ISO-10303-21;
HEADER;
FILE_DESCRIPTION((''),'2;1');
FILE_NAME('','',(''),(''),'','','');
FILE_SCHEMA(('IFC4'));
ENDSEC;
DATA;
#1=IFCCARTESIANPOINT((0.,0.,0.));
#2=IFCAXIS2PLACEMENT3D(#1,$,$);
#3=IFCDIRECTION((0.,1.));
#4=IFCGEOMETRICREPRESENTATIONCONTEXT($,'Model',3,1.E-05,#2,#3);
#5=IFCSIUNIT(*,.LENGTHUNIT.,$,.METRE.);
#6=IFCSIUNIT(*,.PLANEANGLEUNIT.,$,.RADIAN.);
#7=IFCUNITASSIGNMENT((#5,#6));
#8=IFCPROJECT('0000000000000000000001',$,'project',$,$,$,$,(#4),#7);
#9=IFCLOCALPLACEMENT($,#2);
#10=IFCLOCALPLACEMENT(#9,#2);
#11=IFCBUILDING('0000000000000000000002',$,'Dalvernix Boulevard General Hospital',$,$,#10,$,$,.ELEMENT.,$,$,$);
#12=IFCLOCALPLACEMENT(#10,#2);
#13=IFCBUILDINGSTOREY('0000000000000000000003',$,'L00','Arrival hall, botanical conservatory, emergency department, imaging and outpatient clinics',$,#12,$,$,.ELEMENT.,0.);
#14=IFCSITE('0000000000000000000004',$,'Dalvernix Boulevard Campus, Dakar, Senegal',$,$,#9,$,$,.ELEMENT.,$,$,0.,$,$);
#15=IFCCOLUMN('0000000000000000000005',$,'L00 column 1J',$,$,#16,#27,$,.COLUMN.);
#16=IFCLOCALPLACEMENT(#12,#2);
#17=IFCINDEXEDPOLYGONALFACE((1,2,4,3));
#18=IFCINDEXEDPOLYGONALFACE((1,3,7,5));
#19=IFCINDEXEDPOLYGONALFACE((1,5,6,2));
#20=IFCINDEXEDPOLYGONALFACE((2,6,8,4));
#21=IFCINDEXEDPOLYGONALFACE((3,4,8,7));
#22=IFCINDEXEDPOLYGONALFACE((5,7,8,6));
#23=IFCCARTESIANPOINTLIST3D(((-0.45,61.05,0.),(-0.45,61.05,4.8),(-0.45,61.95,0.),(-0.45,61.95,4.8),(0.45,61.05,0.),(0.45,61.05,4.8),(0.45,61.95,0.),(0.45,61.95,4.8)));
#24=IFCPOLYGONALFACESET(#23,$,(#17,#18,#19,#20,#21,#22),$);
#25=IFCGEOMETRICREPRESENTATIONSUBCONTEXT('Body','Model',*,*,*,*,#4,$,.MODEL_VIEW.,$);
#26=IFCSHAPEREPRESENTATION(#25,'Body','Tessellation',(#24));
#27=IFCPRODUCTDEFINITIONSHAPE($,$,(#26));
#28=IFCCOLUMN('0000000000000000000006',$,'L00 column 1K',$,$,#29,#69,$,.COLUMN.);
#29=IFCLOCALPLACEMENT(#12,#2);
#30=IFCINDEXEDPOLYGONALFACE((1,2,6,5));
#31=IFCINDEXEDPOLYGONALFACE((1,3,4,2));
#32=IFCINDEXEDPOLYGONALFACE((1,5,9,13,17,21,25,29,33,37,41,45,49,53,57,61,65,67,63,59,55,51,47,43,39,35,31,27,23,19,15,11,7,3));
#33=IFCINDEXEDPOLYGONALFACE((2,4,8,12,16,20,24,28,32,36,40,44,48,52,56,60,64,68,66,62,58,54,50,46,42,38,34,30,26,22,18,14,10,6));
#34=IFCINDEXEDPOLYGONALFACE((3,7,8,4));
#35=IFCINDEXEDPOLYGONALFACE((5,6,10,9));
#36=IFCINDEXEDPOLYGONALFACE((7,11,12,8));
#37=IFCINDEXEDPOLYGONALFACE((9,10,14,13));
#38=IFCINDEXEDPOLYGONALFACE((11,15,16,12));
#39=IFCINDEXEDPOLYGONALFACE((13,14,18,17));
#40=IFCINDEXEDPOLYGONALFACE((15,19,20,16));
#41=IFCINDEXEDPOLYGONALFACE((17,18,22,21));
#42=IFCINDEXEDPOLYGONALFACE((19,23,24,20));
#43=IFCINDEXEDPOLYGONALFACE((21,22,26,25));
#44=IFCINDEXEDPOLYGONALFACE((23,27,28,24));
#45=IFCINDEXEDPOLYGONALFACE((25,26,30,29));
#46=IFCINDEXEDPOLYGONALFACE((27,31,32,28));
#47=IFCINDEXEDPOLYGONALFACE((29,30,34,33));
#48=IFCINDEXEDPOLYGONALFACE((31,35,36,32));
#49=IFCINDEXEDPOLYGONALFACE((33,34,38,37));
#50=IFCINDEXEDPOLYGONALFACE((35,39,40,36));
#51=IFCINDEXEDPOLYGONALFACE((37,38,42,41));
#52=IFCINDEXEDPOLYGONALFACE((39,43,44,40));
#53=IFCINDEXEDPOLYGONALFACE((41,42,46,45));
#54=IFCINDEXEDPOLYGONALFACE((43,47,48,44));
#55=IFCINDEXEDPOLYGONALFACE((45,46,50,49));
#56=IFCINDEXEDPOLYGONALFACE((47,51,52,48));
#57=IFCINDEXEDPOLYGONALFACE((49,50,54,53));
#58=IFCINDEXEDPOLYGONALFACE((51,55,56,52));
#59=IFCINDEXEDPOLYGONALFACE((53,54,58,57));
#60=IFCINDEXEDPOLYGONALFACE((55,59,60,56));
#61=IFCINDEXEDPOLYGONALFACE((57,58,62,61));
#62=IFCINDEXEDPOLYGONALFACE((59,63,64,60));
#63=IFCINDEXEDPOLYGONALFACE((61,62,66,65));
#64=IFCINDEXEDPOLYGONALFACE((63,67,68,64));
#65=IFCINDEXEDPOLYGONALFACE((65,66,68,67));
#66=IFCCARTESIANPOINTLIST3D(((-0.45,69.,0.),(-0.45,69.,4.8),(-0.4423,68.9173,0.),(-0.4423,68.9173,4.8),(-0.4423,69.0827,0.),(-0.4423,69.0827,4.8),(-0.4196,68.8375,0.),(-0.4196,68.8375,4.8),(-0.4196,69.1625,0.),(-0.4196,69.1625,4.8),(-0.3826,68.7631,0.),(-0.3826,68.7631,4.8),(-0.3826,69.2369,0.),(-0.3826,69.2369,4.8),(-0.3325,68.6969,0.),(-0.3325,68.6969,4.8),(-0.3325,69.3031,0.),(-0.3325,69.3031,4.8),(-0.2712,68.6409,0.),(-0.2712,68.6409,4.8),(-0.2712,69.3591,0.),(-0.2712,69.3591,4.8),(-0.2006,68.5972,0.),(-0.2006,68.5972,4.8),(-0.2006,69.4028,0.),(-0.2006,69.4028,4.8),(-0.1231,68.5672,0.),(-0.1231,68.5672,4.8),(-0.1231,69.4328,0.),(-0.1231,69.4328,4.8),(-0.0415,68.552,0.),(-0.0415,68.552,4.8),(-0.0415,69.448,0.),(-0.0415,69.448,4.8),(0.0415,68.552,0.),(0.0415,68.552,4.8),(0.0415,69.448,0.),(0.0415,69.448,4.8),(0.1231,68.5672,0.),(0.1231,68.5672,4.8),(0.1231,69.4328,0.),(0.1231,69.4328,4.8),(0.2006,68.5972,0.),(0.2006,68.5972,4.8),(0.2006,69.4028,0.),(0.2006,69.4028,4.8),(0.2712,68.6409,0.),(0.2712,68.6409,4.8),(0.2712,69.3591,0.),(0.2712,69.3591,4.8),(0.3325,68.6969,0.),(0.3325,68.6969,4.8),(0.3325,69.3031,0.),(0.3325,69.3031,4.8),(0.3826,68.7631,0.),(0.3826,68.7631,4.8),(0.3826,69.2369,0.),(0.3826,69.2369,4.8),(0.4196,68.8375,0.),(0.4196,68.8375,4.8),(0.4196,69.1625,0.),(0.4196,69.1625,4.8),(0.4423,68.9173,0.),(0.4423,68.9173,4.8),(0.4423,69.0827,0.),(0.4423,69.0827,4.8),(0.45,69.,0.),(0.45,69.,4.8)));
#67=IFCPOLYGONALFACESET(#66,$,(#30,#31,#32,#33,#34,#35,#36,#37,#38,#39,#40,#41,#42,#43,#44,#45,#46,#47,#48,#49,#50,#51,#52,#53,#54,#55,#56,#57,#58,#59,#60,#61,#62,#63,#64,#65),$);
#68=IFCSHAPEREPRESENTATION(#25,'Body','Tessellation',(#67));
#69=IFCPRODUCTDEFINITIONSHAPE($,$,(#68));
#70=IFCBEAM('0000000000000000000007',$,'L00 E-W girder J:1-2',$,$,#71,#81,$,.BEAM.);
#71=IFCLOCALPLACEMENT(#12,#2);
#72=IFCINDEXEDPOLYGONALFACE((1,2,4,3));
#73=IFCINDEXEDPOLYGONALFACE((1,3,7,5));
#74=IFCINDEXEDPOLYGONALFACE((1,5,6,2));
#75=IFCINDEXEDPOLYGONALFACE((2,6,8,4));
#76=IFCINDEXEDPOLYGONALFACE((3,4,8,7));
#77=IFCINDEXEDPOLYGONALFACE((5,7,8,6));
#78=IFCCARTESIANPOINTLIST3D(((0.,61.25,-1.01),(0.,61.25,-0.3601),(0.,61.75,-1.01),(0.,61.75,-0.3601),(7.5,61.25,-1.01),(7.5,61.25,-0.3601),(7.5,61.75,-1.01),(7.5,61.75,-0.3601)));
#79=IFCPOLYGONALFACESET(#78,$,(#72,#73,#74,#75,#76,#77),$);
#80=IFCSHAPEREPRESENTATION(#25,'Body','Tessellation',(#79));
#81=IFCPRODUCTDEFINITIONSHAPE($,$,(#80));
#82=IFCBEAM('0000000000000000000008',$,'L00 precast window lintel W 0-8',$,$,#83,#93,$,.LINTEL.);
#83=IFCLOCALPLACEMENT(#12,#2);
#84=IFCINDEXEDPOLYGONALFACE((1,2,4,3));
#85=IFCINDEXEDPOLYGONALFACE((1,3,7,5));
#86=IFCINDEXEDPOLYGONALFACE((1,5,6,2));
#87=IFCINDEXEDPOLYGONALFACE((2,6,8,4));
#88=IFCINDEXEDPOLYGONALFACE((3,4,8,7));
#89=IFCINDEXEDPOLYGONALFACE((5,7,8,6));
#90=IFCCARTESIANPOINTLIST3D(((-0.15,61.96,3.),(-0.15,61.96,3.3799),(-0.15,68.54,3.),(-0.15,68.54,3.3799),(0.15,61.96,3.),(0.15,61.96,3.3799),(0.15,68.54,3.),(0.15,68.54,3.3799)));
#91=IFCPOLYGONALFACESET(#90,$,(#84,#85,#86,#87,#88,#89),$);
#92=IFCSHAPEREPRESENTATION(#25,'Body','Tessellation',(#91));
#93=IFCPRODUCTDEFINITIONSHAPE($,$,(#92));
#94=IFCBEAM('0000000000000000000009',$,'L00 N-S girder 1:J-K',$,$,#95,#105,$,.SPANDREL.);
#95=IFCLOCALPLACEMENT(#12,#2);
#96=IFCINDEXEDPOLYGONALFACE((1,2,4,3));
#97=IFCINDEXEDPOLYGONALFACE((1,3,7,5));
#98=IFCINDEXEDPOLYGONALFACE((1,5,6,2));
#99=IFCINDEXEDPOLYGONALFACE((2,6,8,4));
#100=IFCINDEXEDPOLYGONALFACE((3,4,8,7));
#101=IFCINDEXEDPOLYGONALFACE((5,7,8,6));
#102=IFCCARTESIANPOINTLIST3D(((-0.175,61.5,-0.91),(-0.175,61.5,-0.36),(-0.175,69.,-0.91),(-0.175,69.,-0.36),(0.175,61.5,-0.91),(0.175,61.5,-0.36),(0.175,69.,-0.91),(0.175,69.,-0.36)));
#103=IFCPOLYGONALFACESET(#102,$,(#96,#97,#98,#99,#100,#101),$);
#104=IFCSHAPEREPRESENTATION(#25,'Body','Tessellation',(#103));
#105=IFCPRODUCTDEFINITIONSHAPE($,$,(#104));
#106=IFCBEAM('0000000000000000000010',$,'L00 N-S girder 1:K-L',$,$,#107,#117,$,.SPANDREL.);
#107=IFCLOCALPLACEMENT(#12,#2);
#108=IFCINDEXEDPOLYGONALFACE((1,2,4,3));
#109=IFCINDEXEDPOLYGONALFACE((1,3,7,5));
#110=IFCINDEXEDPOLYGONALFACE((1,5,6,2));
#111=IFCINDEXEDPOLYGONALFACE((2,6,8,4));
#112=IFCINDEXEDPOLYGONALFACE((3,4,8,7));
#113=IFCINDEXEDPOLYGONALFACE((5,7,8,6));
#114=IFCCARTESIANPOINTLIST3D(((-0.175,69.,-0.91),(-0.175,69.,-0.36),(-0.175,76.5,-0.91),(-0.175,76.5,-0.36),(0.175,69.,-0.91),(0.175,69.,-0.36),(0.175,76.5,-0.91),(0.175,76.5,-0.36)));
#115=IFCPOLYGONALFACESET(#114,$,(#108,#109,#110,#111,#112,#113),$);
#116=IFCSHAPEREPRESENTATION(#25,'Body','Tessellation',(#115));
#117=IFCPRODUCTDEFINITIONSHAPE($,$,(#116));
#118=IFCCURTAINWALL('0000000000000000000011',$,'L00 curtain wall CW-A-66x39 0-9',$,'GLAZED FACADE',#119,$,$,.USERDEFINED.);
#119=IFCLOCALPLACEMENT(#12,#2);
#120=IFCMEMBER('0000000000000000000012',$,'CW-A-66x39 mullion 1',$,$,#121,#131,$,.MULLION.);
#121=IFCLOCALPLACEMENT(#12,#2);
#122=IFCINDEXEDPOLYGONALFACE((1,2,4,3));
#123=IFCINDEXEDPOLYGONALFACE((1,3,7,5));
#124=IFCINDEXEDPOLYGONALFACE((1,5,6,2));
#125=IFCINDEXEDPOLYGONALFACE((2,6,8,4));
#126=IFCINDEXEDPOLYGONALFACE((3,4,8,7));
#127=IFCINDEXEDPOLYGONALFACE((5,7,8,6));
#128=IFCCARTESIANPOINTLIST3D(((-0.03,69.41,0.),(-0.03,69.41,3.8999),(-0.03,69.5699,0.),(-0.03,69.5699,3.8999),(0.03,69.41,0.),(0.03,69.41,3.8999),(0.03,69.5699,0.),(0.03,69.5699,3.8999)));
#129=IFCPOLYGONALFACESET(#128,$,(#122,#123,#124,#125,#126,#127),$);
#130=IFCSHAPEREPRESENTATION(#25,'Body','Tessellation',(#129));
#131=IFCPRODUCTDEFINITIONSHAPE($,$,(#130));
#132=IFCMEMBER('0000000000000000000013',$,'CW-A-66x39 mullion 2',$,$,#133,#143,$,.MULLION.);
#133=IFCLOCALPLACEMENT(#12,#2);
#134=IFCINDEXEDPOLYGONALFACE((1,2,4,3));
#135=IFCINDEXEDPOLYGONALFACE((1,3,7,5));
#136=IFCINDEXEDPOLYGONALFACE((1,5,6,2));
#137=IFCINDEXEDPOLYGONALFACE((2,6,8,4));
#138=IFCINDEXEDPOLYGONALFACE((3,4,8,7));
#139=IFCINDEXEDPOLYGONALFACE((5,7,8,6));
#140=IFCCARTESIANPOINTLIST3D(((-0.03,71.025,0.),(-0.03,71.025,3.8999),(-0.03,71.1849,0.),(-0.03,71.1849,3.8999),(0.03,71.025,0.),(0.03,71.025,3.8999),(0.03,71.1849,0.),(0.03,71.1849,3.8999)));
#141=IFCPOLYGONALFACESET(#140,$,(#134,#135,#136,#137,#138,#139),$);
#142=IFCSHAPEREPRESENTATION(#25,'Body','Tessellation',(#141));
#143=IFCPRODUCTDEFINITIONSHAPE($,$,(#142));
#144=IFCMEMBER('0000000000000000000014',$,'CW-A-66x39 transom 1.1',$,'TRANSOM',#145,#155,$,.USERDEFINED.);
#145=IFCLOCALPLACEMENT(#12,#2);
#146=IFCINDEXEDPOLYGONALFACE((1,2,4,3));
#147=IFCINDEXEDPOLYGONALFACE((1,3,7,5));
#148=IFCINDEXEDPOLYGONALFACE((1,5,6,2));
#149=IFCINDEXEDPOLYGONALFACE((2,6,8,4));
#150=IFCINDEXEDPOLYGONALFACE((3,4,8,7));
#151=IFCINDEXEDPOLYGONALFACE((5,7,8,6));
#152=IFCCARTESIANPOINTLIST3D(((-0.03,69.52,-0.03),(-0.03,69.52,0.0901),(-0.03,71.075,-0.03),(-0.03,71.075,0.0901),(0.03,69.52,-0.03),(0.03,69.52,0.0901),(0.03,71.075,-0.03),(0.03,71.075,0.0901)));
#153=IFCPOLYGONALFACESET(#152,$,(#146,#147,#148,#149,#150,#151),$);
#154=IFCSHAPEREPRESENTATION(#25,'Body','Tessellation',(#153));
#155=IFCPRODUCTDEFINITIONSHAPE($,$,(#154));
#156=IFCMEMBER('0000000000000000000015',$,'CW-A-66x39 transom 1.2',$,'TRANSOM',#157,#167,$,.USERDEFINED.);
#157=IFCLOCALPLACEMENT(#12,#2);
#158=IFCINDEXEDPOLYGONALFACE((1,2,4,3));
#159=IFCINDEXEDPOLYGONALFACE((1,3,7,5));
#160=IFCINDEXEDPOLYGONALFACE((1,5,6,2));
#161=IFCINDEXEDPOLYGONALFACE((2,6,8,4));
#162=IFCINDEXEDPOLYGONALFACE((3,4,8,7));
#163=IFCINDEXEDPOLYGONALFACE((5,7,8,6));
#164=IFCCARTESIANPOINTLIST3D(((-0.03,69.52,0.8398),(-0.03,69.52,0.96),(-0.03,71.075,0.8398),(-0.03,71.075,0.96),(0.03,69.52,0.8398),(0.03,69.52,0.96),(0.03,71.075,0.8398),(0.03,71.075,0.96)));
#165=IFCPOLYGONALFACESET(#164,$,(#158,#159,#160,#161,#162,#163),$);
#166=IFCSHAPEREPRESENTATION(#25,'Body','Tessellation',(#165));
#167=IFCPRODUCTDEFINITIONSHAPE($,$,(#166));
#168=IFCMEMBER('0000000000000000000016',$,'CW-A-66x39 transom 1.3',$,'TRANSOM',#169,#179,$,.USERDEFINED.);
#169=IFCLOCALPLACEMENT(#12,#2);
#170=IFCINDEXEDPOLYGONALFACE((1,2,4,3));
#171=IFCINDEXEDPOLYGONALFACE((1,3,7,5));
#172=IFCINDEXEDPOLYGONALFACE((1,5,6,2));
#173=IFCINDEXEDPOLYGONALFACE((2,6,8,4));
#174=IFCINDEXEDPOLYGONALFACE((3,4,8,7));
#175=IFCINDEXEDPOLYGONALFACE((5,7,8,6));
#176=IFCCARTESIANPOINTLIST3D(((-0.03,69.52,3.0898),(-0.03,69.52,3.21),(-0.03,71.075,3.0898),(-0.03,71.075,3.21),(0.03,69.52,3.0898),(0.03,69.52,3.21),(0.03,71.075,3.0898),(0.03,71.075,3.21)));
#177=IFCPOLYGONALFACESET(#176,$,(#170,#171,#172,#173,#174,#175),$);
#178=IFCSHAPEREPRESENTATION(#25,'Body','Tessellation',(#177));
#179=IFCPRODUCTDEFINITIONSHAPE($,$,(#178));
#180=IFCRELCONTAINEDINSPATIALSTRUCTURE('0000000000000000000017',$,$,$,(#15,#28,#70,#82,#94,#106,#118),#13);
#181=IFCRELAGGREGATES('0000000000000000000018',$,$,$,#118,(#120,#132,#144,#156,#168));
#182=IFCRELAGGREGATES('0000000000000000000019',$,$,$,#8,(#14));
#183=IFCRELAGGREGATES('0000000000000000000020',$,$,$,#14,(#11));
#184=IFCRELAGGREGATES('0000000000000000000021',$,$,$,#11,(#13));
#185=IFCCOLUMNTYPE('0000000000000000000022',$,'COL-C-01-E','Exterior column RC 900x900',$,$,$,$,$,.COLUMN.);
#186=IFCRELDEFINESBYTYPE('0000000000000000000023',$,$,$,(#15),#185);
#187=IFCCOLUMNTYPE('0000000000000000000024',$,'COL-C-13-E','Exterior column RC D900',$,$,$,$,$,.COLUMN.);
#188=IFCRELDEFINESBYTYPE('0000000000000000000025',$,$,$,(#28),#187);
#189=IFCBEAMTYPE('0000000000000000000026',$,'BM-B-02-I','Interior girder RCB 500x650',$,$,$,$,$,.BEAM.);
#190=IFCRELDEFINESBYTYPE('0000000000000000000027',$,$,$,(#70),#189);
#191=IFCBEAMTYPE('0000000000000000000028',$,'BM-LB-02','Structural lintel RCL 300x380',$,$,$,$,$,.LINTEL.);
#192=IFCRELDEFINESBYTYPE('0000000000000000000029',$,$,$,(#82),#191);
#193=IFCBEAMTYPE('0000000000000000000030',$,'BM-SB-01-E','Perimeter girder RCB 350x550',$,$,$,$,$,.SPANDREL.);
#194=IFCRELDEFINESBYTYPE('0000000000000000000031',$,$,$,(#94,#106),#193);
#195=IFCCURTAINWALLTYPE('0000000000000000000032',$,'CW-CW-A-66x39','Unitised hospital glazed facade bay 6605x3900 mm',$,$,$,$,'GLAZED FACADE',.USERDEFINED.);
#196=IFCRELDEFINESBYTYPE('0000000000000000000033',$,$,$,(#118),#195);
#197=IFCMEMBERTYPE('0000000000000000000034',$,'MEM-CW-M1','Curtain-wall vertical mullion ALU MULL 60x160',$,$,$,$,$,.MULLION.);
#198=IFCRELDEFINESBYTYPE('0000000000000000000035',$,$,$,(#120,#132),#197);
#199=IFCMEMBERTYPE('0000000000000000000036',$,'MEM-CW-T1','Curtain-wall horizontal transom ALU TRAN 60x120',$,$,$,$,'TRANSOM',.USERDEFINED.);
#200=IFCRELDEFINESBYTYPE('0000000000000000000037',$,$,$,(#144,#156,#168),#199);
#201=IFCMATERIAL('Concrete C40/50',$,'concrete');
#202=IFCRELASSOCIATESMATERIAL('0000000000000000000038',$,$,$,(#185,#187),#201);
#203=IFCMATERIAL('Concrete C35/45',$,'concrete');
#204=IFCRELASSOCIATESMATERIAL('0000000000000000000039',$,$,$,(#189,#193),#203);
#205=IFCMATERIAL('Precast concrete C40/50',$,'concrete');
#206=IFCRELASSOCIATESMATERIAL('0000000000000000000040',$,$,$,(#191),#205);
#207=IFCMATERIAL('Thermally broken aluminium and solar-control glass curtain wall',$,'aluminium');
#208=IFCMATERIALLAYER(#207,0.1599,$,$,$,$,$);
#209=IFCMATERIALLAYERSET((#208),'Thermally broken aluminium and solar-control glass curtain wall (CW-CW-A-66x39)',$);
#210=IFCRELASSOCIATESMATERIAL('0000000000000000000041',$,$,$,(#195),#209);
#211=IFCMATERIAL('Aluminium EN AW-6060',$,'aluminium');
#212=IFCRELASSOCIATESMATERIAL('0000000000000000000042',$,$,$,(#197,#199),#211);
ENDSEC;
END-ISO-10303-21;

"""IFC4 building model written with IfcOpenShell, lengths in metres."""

from ifc_helpers import new_model, si_unit, direction, frame, origin, origin_2d, place, context, subcontext, project, spatial, rectangle, circle, extrude, material, layer, layer_set, material_profile, profile_set, type_object, element, aggregate, save


model = new_model("IFC4")

# Units and contexts
model_context = context("Model", 3, precision=1e-05, world=origin(), true_north=direction((0.0, 1.0)))
body_context = subcontext(model_context, "Body", "Model", "MODEL_VIEW")
ifc_project = project(units=[si_unit("LENGTHUNIT", "METRE"), si_unit("PLANEANGLEUNIT", "RADIAN")], contexts=[model_context])

# Site, building, storey
site_placement = place(None, origin())
site = spatial("IfcSite", under=ifc_project, at=site_placement, Name="Dalvernix Boulevard Campus, Dakar, Senegal", CompositionType="ELEMENT", RefElevation=0.0)
building_placement = place(site_placement, origin())
building = spatial("IfcBuilding", under=site, at=building_placement, Name="Dalvernix Boulevard General Hospital", CompositionType="ELEMENT")
storey_placement = place(building_placement, origin())
storey = spatial("IfcBuildingStorey", under=building, at=storey_placement, Name="L00", Description="Arrival hall, botanical conservatory, emergency department, imaging and outpatient clinics", CompositionType="ELEMENT", Elevation=0.0)

# Columns
ifc_material_1 = material(Name="Concrete C40/50", Category="concrete")
ifc_material_profile_1 = material_profile(ifc_material_1, rectangle(XDim=0.8999, YDim=0.8999, at=origin_2d()), Name="RC 900x900")
ifc_profile_set_1 = profile_set([ifc_material_profile_1], Name="Concrete C40/50")
column_type_1 = type_object("IfcColumnType", Name="COL-C-01-E", Description="Exterior column RC 900x900", PredefinedType="COLUMN", material=ifc_profile_set_1)
column_1_placement = place(storey_placement, frame((0.0, 61.5, 0.0), z_axis=(0.0, 0.0, 1.0), x_axis=(1.0, 0.0, 0.0)))
element("IfcColumn", 1, at=column_1_placement, inside=storey, type_object=column_type_1, Name="L00 column 1J", PredefinedType="COLUMN", context=body_context, shape_type="SweptSolid", body=[
    extrude(rectangle(XDim=0.8999, YDim=0.8999, at=origin_2d()), origin(), (0.0, 0.0, 1.0), 4.8),
])
ifc_material_profile_2 = material_profile(ifc_material_1, circle(Radius=0.45, at=origin_2d()), Name="RC D900")
ifc_profile_set_2 = profile_set([ifc_material_profile_2], Name="Concrete C40/50")
column_type_2 = type_object("IfcColumnType", Name="COL-C-13-E", Description="Exterior column RC D900", PredefinedType="COLUMN", material=ifc_profile_set_2)
column_2_placement = place(storey_placement, frame((0.0, 69.0, 0.0), z_axis=(0.0, 0.0, 1.0), x_axis=(1.0, 0.0, 0.0)))
element("IfcColumn", 2, at=column_2_placement, inside=storey, type_object=column_type_2, Name="L00 column 1K", PredefinedType="COLUMN", context=body_context, shape_type="SweptSolid", body=[
    extrude(circle(Radius=0.45, at=origin_2d()), origin(), (0.0, 0.0, 1.0), 4.8),
])

# Beams
ifc_material_2 = material(Name="Concrete C35/45", Category="concrete")
ifc_material_profile_3 = material_profile(ifc_material_2, rectangle(XDim=0.5, YDim=0.6499, at=origin_2d()), Name="RCB 500x650")
ifc_profile_set_3 = profile_set([ifc_material_profile_3], Name="Concrete C35/45")
beam_type_1 = type_object("IfcBeamType", Name="BM-B-02-I", Description="Interior girder RCB 500x650", PredefinedType="BEAM", material=ifc_profile_set_3)
beam_1_placement = place(storey_placement, frame((0.0, 61.5, -0.6851), z_axis=(1.0, 0.0, 0.0), x_axis=(0.0, 1.0, 0.0)))
element("IfcBeam", 3, at=beam_1_placement, inside=storey, type_object=beam_type_1, Name="L00 E-W girder J:1-2", PredefinedType="BEAM", context=body_context, shape_type="SweptSolid", body=[
    extrude(rectangle(XDim=0.5, YDim=0.6499, at=origin_2d()), origin(), (0.0, 0.0, 1.0), 7.5),
])
ifc_material_3 = material(Name="Precast concrete C40/50", Category="concrete")
ifc_material_profile_4 = material_profile(ifc_material_3, rectangle(XDim=0.3, YDim=0.3799, at=origin_2d()), Name="RCL 300x380")
ifc_profile_set_4 = profile_set([ifc_material_profile_4], Name="Precast concrete C40/50")
beam_type_2 = type_object("IfcBeamType", Name="BM-LB-02", Description="Structural lintel RCL 300x380", PredefinedType="LINTEL", material=ifc_profile_set_4)
beam_2_placement = place(storey_placement, frame((0.0, 61.96, 3.1899), z_axis=(0.0, 1.0, 0.0), x_axis=(-1.0, 0.0, 0.0)))
element("IfcBeam", 4, at=beam_2_placement, inside=storey, type_object=beam_type_2, Name="L00 precast window lintel W 0-8", PredefinedType="LINTEL", context=body_context, shape_type="SweptSolid", body=[
    extrude(rectangle(XDim=0.3, YDim=0.3799, at=origin_2d()), origin(), (0.0, 0.0, 1.0), 6.5801),
])
ifc_material_profile_5 = material_profile(ifc_material_2, rectangle(XDim=0.3501, YDim=0.55, at=origin_2d()), Name="RCB 350x550")
ifc_profile_set_5 = profile_set([ifc_material_profile_5], Name="Concrete C35/45")
beam_type_3 = type_object("IfcBeamType", Name="BM-SB-01-E", Description="Perimeter girder RCB 350x550", PredefinedType="SPANDREL", material=ifc_profile_set_5)
for number, where, z_axis, x_axis, name in (
    (5, (0.0, 61.5, -0.635), (0.0, 1.0, 0.0), (-1.0, 0.0, 0.0), "L00 N-S girder 1:J-K"),
    (6, (0.0, 69.0, -0.635), (0.0, 1.0, 0.0), (-1.0, 0.0, 0.0), "L00 N-S girder 1:K-L"),
):
    element("IfcBeam", number, at=place(storey_placement, frame(where, z_axis=z_axis, x_axis=x_axis)), inside=storey, type_object=beam_type_3, Name=name, PredefinedType="SPANDREL", context=body_context, shape_type="SweptSolid", body=[
        extrude(rectangle(XDim=0.3501, YDim=0.55, at=origin_2d()), origin(), (0.0, 0.0, 1.0), 7.5),
    ])

# Curtain wall, members
ifc_material_4 = material(Name="Thermally broken aluminium and solar-control glass curtain wall", Category="aluminium")
ifc_layer_1 = layer(ifc_material_4, 0.1599)
ifc_layer_set_1 = layer_set([ifc_layer_1], Name="Thermally broken aluminium and solar-control glass curtain wall (CW-CW-A-66x39)")
curtain_wall_type = type_object("IfcCurtainWallType", Name="CW-CW-A-66x39", Description="Unitised hospital glazed facade bay 6605x3900 mm", ElementType="GLAZED FACADE", PredefinedType="USERDEFINED", material=ifc_layer_set_1)
curtain_wall_placement = place(storey_placement, origin())
curtain_wall = element("IfcCurtainWall", 7, at=curtain_wall_placement, inside=storey, type_object=curtain_wall_type, Name="L00 curtain wall CW-A-66x39 0-9", ObjectType="GLAZED FACADE", PredefinedType="USERDEFINED")
ifc_material_5 = material(Name="Aluminium EN AW-6060", Category="aluminium")
ifc_material_profile_6 = material_profile(ifc_material_5, rectangle(XDim=0.0601, YDim=0.1599, at=origin_2d()), Name="ALU MULL 60x160")
ifc_profile_set_6 = profile_set([ifc_material_profile_6], Name="Aluminium EN AW-6060")
member_type_1 = type_object("IfcMemberType", Name="MEM-CW-M1", Description="Curtain-wall vertical mullion ALU MULL 60x160", PredefinedType="MULLION", material=ifc_profile_set_6)
member_1_placement = place(storey_placement, frame((0.0, 69.49, 0.0), z_axis=(0.0, 0.0, 1.0), x_axis=(-1.0, 0.0, 0.0)))
member_1 = element("IfcMember", 8, at=member_1_placement, type_object=member_type_1, Name="CW-A-66x39 mullion 1", PredefinedType="MULLION", context=body_context, shape_type="SweptSolid", body=[
    extrude(rectangle(XDim=0.0601, YDim=0.1599, at=origin_2d()), origin(), (0.0, 0.0, 1.0), 3.8999),
])
member_2_placement = place(storey_placement, frame((0.0, 71.105, 0.0), z_axis=(0.0, 0.0, 1.0), x_axis=(-1.0, 0.0, 0.0)))
member_2 = element("IfcMember", 9, at=member_2_placement, type_object=member_type_1, Name="CW-A-66x39 mullion 2", PredefinedType="MULLION", context=body_context, shape_type="SweptSolid", body=[
    extrude(rectangle(XDim=0.0601, YDim=0.1599, at=origin_2d()), origin(), (0.0, 0.0, 1.0), 3.8999),
])
ifc_material_profile_7 = material_profile(ifc_material_5, rectangle(XDim=0.0601, YDim=0.1201, at=origin_2d()), Name="ALU TRAN 60x120")
ifc_profile_set_7 = profile_set([ifc_material_profile_7], Name="Aluminium EN AW-6060")
member_type_2 = type_object("IfcMemberType", Name="MEM-CW-T1", Description="Curtain-wall horizontal transom ALU TRAN 60x120", ElementType="TRANSOM", PredefinedType="USERDEFINED", material=ifc_profile_set_7)
member_3_placement = place(storey_placement, frame((0.0, 69.52, 0.03), z_axis=(0.0, 1.0, 0.0), x_axis=(-1.0, 0.0, 0.0)))
member_3 = element("IfcMember", 10, at=member_3_placement, type_object=member_type_2, Name="CW-A-66x39 transom 1.1", ObjectType="TRANSOM", PredefinedType="USERDEFINED", context=body_context, shape_type="SweptSolid", body=[
    extrude(rectangle(XDim=0.0601, YDim=0.1201, at=origin_2d()), origin(), (0.0, 0.0, 1.0), 1.5549),
])
member_4_placement = place(storey_placement, frame((0.0, 69.52, 0.8999), z_axis=(0.0, 1.0, 0.0), x_axis=(-1.0, 0.0, 0.0)))
member_4 = element("IfcMember", 11, at=member_4_placement, type_object=member_type_2, Name="CW-A-66x39 transom 1.2", ObjectType="TRANSOM", PredefinedType="USERDEFINED", context=body_context, shape_type="SweptSolid", body=[
    extrude(rectangle(XDim=0.0601, YDim=0.1201, at=origin_2d()), origin(), (0.0, 0.0, 1.0), 1.5549),
])
member_5_placement = place(storey_placement, frame((0.0, 69.52, 3.1499), z_axis=(0.0, 1.0, 0.0), x_axis=(-1.0, 0.0, 0.0)))
member_5 = element("IfcMember", 12, at=member_5_placement, type_object=member_type_2, Name="CW-A-66x39 transom 1.3", ObjectType="TRANSOM", PredefinedType="USERDEFINED", context=body_context, shape_type="SweptSolid", body=[
    extrude(rectangle(XDim=0.0601, YDim=0.1201, at=origin_2d()), origin(), (0.0, 0.0, 1.0), 1.5549),
])
aggregate(curtain_wall, [member_1, member_2, member_3, member_4, member_5])

save(model, "model.ifc")
